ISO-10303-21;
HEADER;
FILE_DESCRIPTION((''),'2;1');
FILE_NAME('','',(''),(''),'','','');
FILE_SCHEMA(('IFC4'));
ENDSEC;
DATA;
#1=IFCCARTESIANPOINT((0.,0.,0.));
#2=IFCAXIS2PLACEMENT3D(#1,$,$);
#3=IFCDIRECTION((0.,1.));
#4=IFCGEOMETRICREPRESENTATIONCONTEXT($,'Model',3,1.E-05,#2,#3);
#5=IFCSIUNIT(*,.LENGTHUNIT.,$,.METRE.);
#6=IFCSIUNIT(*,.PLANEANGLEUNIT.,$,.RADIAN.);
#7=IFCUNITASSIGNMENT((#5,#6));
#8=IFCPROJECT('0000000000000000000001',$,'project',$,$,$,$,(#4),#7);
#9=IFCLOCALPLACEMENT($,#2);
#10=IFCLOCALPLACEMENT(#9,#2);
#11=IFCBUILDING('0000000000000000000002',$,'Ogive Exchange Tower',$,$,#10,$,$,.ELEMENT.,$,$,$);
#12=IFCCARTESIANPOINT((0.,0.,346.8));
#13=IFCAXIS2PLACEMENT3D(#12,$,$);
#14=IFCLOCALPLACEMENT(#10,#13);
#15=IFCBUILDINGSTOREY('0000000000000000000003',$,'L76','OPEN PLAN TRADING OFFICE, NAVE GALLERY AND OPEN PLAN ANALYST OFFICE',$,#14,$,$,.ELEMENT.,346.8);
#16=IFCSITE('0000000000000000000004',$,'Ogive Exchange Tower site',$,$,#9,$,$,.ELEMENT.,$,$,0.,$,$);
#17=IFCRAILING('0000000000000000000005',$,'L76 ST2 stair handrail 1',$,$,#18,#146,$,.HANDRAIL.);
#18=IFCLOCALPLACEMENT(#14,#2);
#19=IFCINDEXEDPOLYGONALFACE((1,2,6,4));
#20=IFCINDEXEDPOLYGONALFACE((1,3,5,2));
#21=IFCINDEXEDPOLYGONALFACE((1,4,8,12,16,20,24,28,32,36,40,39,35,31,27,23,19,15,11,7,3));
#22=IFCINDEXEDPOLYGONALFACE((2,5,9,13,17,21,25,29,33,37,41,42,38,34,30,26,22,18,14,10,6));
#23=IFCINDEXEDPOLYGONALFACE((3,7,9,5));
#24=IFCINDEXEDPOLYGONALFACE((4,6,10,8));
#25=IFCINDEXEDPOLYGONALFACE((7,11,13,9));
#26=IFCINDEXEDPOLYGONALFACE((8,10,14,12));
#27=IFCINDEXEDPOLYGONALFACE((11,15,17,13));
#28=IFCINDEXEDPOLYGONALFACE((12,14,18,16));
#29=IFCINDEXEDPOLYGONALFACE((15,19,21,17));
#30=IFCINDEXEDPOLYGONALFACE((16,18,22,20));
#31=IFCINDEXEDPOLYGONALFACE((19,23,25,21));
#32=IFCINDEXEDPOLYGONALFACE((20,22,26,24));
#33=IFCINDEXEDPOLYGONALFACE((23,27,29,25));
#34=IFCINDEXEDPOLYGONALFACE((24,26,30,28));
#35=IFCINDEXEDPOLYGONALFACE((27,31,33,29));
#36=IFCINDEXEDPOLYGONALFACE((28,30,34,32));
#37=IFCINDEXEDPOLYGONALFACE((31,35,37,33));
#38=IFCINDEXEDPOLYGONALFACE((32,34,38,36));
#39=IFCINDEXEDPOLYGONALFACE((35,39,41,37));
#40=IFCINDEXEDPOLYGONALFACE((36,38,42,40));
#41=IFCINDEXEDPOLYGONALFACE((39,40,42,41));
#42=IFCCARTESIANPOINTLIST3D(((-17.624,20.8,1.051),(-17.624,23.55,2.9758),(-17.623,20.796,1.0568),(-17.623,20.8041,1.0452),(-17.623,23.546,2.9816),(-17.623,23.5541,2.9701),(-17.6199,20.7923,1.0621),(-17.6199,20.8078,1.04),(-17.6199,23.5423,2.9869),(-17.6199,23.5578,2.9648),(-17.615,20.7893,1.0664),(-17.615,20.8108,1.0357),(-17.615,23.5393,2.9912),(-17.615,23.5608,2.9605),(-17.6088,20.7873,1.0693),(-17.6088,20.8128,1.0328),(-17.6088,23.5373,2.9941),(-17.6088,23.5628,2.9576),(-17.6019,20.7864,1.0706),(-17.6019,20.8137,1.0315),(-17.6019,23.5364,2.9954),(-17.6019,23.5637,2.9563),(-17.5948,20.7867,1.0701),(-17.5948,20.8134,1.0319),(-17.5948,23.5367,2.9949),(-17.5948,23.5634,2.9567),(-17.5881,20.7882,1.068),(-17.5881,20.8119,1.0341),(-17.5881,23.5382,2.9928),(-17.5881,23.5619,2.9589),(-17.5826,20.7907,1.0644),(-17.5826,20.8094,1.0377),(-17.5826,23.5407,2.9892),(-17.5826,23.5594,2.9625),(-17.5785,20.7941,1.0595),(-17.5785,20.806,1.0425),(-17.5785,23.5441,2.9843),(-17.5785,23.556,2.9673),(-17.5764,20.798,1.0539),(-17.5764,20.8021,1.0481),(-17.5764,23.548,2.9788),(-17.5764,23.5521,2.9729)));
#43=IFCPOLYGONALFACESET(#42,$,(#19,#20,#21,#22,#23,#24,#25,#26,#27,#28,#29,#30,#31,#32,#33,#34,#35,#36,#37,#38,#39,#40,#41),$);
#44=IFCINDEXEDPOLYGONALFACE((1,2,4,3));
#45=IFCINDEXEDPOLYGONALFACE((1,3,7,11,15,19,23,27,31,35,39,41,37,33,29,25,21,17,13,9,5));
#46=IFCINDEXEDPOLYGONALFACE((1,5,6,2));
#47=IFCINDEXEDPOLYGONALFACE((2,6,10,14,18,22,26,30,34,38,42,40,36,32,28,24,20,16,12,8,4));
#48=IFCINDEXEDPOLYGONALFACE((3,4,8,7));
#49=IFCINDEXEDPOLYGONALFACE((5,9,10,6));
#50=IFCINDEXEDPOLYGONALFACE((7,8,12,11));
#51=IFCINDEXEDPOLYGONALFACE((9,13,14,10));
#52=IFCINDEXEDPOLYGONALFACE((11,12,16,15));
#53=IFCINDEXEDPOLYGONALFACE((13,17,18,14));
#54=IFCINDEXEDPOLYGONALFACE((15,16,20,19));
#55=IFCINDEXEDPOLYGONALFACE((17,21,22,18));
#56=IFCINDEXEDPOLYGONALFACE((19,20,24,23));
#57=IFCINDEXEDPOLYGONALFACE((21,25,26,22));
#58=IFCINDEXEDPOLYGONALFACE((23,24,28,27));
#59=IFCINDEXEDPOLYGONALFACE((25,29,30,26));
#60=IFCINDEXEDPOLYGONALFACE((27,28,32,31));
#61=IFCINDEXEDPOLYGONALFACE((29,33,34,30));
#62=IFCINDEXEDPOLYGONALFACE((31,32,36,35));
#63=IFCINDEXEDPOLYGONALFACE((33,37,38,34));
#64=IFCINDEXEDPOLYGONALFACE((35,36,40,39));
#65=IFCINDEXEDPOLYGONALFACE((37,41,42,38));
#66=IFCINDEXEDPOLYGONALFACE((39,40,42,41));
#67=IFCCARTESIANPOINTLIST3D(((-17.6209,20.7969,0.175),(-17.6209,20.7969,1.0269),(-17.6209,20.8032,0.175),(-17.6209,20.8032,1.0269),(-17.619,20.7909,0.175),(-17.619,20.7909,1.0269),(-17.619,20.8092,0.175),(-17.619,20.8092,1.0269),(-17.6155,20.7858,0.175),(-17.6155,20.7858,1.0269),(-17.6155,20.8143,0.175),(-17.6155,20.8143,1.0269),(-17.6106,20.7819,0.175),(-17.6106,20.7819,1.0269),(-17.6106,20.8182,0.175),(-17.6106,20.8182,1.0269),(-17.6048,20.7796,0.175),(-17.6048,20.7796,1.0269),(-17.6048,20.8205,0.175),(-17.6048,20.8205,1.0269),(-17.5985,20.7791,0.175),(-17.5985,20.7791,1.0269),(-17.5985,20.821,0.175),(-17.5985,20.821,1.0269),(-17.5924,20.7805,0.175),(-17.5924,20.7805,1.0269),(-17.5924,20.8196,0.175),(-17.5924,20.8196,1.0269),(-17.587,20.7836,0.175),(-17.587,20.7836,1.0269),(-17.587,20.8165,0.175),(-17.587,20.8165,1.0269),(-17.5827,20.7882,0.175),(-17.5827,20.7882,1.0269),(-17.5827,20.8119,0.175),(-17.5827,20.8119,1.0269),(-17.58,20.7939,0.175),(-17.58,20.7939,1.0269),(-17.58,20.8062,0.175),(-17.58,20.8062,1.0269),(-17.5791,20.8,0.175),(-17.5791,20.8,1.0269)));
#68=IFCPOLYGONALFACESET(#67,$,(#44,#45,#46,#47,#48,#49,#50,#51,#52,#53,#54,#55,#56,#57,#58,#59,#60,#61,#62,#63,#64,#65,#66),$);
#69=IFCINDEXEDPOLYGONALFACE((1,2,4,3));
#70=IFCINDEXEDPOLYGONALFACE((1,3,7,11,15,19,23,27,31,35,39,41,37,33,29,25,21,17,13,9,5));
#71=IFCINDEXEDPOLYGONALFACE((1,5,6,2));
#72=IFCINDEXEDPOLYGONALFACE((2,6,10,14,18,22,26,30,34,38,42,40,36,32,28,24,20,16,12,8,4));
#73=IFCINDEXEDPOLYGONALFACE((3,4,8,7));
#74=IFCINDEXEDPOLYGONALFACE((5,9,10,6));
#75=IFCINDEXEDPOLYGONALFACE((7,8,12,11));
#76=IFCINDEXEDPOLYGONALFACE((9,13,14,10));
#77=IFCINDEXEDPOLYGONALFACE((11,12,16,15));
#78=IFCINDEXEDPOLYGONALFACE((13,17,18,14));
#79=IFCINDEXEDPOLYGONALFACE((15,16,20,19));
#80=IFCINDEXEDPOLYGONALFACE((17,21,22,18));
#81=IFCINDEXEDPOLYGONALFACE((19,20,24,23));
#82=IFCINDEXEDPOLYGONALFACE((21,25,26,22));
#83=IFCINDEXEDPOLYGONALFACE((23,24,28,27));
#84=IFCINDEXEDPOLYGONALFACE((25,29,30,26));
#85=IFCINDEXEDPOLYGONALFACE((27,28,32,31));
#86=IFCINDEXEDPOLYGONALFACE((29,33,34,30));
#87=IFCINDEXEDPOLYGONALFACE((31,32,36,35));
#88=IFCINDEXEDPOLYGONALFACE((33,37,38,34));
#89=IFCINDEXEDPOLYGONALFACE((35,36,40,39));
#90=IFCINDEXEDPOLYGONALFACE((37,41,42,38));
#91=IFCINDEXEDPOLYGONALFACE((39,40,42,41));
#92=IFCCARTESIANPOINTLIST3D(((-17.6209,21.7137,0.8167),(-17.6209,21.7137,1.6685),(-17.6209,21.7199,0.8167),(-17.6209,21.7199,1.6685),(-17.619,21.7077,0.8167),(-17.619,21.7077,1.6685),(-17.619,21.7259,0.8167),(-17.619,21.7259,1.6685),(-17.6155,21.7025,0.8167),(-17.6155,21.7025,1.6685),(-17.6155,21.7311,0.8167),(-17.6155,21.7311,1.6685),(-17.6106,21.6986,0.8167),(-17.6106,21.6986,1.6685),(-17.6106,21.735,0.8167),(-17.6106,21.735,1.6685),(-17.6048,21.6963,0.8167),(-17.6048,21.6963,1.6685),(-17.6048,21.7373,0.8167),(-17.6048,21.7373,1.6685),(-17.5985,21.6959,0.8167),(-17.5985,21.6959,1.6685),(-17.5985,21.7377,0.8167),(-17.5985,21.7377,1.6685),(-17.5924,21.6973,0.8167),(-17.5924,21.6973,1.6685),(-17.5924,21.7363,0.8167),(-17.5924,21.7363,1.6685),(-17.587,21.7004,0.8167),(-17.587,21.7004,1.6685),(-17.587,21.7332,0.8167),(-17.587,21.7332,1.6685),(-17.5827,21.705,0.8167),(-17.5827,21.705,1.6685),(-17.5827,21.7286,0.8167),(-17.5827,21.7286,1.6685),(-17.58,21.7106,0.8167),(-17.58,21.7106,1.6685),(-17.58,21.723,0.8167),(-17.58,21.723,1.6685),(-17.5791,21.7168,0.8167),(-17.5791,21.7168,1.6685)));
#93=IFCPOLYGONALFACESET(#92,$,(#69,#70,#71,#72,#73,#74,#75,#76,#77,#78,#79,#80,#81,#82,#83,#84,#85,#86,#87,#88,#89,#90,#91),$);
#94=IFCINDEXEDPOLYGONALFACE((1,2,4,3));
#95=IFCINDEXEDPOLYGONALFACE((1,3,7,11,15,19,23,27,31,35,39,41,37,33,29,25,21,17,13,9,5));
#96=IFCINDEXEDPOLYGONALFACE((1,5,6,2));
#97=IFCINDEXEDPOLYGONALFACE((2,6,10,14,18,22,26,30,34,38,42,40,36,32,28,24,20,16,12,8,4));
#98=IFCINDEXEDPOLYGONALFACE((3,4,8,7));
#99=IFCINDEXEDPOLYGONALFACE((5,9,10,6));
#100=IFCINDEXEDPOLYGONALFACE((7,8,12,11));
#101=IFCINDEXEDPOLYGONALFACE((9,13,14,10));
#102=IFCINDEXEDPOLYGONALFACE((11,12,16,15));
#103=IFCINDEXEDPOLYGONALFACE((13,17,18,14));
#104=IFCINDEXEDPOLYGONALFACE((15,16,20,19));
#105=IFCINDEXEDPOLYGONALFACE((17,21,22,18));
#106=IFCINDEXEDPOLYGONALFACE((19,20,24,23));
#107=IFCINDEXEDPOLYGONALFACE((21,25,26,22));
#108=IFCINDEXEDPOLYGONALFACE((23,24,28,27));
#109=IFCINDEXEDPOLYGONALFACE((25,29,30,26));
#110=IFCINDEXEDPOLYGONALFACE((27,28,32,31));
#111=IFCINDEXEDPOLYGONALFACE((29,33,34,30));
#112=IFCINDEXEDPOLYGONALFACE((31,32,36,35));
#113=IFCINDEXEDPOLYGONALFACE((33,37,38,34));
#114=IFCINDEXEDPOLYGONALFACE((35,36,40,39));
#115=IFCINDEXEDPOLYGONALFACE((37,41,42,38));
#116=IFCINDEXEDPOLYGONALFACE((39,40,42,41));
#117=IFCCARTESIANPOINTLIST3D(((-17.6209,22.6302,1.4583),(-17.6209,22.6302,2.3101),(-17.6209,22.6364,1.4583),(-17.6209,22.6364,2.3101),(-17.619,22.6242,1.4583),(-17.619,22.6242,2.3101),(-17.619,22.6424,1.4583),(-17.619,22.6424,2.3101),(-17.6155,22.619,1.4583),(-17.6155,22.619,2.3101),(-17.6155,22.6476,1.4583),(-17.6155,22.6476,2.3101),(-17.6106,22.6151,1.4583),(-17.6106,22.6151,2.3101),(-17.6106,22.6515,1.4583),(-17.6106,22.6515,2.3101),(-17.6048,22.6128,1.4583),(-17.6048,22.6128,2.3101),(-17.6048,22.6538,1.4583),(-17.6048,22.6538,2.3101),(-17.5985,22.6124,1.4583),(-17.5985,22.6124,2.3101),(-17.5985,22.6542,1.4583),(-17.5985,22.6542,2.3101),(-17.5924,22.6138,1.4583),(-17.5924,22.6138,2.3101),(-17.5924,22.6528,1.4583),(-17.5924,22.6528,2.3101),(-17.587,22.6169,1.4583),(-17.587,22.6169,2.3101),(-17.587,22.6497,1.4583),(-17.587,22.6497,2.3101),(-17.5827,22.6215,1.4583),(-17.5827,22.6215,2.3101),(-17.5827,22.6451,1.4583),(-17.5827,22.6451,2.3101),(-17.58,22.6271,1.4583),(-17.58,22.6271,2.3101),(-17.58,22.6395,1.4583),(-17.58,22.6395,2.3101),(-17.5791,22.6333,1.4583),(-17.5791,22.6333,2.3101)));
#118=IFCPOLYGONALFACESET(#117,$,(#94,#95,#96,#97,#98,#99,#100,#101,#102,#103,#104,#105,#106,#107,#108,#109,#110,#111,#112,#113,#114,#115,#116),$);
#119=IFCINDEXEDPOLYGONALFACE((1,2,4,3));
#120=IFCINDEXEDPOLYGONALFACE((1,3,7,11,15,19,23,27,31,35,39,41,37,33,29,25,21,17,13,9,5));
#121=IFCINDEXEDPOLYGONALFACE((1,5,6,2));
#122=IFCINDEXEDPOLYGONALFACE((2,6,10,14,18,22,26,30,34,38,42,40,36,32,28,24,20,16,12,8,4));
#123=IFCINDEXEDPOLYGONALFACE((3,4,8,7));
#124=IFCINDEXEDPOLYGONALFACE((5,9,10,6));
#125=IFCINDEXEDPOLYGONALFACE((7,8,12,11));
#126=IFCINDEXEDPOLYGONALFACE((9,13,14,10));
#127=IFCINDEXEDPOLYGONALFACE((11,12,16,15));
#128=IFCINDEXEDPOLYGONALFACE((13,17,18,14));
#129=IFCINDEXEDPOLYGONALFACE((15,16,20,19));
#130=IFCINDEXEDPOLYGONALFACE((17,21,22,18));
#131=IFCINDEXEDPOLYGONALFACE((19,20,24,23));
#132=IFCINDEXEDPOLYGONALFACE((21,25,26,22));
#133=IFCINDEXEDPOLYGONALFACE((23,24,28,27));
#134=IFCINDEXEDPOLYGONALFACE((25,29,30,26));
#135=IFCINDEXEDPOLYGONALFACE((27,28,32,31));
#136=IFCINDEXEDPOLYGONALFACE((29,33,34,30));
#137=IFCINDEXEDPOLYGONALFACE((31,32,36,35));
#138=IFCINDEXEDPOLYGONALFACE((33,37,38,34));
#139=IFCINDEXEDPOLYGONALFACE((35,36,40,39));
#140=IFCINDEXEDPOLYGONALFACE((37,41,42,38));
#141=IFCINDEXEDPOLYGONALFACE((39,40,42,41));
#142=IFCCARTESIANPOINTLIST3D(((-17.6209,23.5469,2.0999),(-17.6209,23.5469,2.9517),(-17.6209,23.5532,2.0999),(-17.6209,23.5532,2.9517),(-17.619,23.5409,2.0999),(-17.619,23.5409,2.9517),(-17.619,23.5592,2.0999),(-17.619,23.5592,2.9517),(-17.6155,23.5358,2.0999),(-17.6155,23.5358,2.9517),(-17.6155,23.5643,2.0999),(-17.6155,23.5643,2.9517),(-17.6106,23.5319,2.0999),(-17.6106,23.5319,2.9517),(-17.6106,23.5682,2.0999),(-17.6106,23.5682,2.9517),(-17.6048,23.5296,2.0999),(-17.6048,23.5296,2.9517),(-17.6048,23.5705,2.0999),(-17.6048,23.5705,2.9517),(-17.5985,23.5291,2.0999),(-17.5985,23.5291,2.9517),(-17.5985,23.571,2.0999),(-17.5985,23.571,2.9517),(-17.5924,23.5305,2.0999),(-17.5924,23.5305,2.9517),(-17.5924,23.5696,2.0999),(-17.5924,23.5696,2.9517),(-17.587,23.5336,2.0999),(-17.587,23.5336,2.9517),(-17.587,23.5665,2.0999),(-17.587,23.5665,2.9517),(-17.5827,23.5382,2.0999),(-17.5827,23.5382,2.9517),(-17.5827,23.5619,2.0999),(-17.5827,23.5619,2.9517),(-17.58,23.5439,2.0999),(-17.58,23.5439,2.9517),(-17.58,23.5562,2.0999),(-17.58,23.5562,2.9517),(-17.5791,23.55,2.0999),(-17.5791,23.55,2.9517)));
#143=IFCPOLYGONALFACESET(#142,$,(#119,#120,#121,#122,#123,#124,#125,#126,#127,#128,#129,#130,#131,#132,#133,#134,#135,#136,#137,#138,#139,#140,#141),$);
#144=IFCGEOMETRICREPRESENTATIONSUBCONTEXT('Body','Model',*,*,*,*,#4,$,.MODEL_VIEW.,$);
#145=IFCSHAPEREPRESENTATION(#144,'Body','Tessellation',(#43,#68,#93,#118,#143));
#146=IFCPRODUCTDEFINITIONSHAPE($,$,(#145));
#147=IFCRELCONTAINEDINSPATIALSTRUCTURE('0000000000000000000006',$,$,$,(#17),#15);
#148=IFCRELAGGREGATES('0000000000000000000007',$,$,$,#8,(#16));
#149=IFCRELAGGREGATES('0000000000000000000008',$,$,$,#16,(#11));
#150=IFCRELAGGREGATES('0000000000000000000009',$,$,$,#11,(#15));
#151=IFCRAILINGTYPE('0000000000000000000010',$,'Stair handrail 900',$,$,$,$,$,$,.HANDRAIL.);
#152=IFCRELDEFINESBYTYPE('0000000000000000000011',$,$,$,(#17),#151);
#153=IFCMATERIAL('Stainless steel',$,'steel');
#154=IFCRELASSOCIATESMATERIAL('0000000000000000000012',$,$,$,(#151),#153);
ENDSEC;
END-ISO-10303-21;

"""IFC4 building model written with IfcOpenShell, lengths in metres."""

from ifc_helpers import new_model, si_unit, direction, frame, origin, origin_2d, place, context, subcontext, project, spatial, circle, extrude, material, type_object, element, save


model = new_model("IFC4")

# Units and contexts
model_context = context("Model", 3, precision=1e-05, world=origin(), true_north=direction((0.0, 1.0)))
body_context = subcontext(model_context, "Body", "Model", "MODEL_VIEW")
ifc_project = project(units=[si_unit("LENGTHUNIT", "METRE"), si_unit("PLANEANGLEUNIT", "RADIAN")], contexts=[model_context])

# Site, building, storey
site_placement = place(None, origin())
site = spatial("IfcSite", under=ifc_project, at=site_placement, Name="Ogive Exchange Tower site", CompositionType="ELEMENT", RefElevation=0.0)
building_placement = place(site_placement, origin())
building = spatial("IfcBuilding", under=site, at=building_placement, Name="Ogive Exchange Tower", CompositionType="ELEMENT")
storey_placement = place(building_placement, frame((0.0, 0.0, 346.8)))
storey = spatial("IfcBuildingStorey", under=building, at=storey_placement, Name="L76", Description="OPEN PLAN TRADING OFFICE, NAVE GALLERY AND OPEN PLAN ANALYST OFFICE", CompositionType="ELEMENT", Elevation=346.8)

# Railing
ifc_material_1 = material(Name="Stainless steel", Category="steel")
railing_type = type_object("IfcRailingType", Name="Stair handrail 900", PredefinedType="HANDRAIL", material=ifc_material_1)
railing_1_placement = place(storey_placement, frame((-17.6001, 20.8, 0.175)))
element("IfcRailing", 1, at=railing_1_placement, inside=storey, type_object=railing_type, Name="L76 ST2 stair handrail 1", PredefinedType="HANDRAIL", context=body_context, shape_type="SweptSolid", body=[
    extrude(circle(Radius=0.0239, at=origin_2d()), frame((0.0, 0.0, 0.876), z_axis=(0.0, 0.819259, 0.573423), x_axis=(-1.0, 0.0, 0.0)), (0.0, 0.0, 1.0), 3.3567),
    extrude(circle(Radius=0.021, at=origin_2d()), origin(), (0.0, 0.0, 1.0), 0.8518),
    extrude(circle(Radius=0.021, at=origin_2d()), frame((0.0, 0.9167, 0.6416)), (0.0, 0.0, 1.0), 0.8518),
    extrude(circle(Radius=0.021, at=origin_2d()), frame((0.0, 1.8333, 1.2832)), (0.0, 0.0, 1.0), 0.8518),
    extrude(circle(Radius=0.021, at=origin_2d()), frame((0.0, 2.75, 1.9248)), (0.0, 0.0, 1.0), 0.8518),
])

save(model, "model.ifc")
